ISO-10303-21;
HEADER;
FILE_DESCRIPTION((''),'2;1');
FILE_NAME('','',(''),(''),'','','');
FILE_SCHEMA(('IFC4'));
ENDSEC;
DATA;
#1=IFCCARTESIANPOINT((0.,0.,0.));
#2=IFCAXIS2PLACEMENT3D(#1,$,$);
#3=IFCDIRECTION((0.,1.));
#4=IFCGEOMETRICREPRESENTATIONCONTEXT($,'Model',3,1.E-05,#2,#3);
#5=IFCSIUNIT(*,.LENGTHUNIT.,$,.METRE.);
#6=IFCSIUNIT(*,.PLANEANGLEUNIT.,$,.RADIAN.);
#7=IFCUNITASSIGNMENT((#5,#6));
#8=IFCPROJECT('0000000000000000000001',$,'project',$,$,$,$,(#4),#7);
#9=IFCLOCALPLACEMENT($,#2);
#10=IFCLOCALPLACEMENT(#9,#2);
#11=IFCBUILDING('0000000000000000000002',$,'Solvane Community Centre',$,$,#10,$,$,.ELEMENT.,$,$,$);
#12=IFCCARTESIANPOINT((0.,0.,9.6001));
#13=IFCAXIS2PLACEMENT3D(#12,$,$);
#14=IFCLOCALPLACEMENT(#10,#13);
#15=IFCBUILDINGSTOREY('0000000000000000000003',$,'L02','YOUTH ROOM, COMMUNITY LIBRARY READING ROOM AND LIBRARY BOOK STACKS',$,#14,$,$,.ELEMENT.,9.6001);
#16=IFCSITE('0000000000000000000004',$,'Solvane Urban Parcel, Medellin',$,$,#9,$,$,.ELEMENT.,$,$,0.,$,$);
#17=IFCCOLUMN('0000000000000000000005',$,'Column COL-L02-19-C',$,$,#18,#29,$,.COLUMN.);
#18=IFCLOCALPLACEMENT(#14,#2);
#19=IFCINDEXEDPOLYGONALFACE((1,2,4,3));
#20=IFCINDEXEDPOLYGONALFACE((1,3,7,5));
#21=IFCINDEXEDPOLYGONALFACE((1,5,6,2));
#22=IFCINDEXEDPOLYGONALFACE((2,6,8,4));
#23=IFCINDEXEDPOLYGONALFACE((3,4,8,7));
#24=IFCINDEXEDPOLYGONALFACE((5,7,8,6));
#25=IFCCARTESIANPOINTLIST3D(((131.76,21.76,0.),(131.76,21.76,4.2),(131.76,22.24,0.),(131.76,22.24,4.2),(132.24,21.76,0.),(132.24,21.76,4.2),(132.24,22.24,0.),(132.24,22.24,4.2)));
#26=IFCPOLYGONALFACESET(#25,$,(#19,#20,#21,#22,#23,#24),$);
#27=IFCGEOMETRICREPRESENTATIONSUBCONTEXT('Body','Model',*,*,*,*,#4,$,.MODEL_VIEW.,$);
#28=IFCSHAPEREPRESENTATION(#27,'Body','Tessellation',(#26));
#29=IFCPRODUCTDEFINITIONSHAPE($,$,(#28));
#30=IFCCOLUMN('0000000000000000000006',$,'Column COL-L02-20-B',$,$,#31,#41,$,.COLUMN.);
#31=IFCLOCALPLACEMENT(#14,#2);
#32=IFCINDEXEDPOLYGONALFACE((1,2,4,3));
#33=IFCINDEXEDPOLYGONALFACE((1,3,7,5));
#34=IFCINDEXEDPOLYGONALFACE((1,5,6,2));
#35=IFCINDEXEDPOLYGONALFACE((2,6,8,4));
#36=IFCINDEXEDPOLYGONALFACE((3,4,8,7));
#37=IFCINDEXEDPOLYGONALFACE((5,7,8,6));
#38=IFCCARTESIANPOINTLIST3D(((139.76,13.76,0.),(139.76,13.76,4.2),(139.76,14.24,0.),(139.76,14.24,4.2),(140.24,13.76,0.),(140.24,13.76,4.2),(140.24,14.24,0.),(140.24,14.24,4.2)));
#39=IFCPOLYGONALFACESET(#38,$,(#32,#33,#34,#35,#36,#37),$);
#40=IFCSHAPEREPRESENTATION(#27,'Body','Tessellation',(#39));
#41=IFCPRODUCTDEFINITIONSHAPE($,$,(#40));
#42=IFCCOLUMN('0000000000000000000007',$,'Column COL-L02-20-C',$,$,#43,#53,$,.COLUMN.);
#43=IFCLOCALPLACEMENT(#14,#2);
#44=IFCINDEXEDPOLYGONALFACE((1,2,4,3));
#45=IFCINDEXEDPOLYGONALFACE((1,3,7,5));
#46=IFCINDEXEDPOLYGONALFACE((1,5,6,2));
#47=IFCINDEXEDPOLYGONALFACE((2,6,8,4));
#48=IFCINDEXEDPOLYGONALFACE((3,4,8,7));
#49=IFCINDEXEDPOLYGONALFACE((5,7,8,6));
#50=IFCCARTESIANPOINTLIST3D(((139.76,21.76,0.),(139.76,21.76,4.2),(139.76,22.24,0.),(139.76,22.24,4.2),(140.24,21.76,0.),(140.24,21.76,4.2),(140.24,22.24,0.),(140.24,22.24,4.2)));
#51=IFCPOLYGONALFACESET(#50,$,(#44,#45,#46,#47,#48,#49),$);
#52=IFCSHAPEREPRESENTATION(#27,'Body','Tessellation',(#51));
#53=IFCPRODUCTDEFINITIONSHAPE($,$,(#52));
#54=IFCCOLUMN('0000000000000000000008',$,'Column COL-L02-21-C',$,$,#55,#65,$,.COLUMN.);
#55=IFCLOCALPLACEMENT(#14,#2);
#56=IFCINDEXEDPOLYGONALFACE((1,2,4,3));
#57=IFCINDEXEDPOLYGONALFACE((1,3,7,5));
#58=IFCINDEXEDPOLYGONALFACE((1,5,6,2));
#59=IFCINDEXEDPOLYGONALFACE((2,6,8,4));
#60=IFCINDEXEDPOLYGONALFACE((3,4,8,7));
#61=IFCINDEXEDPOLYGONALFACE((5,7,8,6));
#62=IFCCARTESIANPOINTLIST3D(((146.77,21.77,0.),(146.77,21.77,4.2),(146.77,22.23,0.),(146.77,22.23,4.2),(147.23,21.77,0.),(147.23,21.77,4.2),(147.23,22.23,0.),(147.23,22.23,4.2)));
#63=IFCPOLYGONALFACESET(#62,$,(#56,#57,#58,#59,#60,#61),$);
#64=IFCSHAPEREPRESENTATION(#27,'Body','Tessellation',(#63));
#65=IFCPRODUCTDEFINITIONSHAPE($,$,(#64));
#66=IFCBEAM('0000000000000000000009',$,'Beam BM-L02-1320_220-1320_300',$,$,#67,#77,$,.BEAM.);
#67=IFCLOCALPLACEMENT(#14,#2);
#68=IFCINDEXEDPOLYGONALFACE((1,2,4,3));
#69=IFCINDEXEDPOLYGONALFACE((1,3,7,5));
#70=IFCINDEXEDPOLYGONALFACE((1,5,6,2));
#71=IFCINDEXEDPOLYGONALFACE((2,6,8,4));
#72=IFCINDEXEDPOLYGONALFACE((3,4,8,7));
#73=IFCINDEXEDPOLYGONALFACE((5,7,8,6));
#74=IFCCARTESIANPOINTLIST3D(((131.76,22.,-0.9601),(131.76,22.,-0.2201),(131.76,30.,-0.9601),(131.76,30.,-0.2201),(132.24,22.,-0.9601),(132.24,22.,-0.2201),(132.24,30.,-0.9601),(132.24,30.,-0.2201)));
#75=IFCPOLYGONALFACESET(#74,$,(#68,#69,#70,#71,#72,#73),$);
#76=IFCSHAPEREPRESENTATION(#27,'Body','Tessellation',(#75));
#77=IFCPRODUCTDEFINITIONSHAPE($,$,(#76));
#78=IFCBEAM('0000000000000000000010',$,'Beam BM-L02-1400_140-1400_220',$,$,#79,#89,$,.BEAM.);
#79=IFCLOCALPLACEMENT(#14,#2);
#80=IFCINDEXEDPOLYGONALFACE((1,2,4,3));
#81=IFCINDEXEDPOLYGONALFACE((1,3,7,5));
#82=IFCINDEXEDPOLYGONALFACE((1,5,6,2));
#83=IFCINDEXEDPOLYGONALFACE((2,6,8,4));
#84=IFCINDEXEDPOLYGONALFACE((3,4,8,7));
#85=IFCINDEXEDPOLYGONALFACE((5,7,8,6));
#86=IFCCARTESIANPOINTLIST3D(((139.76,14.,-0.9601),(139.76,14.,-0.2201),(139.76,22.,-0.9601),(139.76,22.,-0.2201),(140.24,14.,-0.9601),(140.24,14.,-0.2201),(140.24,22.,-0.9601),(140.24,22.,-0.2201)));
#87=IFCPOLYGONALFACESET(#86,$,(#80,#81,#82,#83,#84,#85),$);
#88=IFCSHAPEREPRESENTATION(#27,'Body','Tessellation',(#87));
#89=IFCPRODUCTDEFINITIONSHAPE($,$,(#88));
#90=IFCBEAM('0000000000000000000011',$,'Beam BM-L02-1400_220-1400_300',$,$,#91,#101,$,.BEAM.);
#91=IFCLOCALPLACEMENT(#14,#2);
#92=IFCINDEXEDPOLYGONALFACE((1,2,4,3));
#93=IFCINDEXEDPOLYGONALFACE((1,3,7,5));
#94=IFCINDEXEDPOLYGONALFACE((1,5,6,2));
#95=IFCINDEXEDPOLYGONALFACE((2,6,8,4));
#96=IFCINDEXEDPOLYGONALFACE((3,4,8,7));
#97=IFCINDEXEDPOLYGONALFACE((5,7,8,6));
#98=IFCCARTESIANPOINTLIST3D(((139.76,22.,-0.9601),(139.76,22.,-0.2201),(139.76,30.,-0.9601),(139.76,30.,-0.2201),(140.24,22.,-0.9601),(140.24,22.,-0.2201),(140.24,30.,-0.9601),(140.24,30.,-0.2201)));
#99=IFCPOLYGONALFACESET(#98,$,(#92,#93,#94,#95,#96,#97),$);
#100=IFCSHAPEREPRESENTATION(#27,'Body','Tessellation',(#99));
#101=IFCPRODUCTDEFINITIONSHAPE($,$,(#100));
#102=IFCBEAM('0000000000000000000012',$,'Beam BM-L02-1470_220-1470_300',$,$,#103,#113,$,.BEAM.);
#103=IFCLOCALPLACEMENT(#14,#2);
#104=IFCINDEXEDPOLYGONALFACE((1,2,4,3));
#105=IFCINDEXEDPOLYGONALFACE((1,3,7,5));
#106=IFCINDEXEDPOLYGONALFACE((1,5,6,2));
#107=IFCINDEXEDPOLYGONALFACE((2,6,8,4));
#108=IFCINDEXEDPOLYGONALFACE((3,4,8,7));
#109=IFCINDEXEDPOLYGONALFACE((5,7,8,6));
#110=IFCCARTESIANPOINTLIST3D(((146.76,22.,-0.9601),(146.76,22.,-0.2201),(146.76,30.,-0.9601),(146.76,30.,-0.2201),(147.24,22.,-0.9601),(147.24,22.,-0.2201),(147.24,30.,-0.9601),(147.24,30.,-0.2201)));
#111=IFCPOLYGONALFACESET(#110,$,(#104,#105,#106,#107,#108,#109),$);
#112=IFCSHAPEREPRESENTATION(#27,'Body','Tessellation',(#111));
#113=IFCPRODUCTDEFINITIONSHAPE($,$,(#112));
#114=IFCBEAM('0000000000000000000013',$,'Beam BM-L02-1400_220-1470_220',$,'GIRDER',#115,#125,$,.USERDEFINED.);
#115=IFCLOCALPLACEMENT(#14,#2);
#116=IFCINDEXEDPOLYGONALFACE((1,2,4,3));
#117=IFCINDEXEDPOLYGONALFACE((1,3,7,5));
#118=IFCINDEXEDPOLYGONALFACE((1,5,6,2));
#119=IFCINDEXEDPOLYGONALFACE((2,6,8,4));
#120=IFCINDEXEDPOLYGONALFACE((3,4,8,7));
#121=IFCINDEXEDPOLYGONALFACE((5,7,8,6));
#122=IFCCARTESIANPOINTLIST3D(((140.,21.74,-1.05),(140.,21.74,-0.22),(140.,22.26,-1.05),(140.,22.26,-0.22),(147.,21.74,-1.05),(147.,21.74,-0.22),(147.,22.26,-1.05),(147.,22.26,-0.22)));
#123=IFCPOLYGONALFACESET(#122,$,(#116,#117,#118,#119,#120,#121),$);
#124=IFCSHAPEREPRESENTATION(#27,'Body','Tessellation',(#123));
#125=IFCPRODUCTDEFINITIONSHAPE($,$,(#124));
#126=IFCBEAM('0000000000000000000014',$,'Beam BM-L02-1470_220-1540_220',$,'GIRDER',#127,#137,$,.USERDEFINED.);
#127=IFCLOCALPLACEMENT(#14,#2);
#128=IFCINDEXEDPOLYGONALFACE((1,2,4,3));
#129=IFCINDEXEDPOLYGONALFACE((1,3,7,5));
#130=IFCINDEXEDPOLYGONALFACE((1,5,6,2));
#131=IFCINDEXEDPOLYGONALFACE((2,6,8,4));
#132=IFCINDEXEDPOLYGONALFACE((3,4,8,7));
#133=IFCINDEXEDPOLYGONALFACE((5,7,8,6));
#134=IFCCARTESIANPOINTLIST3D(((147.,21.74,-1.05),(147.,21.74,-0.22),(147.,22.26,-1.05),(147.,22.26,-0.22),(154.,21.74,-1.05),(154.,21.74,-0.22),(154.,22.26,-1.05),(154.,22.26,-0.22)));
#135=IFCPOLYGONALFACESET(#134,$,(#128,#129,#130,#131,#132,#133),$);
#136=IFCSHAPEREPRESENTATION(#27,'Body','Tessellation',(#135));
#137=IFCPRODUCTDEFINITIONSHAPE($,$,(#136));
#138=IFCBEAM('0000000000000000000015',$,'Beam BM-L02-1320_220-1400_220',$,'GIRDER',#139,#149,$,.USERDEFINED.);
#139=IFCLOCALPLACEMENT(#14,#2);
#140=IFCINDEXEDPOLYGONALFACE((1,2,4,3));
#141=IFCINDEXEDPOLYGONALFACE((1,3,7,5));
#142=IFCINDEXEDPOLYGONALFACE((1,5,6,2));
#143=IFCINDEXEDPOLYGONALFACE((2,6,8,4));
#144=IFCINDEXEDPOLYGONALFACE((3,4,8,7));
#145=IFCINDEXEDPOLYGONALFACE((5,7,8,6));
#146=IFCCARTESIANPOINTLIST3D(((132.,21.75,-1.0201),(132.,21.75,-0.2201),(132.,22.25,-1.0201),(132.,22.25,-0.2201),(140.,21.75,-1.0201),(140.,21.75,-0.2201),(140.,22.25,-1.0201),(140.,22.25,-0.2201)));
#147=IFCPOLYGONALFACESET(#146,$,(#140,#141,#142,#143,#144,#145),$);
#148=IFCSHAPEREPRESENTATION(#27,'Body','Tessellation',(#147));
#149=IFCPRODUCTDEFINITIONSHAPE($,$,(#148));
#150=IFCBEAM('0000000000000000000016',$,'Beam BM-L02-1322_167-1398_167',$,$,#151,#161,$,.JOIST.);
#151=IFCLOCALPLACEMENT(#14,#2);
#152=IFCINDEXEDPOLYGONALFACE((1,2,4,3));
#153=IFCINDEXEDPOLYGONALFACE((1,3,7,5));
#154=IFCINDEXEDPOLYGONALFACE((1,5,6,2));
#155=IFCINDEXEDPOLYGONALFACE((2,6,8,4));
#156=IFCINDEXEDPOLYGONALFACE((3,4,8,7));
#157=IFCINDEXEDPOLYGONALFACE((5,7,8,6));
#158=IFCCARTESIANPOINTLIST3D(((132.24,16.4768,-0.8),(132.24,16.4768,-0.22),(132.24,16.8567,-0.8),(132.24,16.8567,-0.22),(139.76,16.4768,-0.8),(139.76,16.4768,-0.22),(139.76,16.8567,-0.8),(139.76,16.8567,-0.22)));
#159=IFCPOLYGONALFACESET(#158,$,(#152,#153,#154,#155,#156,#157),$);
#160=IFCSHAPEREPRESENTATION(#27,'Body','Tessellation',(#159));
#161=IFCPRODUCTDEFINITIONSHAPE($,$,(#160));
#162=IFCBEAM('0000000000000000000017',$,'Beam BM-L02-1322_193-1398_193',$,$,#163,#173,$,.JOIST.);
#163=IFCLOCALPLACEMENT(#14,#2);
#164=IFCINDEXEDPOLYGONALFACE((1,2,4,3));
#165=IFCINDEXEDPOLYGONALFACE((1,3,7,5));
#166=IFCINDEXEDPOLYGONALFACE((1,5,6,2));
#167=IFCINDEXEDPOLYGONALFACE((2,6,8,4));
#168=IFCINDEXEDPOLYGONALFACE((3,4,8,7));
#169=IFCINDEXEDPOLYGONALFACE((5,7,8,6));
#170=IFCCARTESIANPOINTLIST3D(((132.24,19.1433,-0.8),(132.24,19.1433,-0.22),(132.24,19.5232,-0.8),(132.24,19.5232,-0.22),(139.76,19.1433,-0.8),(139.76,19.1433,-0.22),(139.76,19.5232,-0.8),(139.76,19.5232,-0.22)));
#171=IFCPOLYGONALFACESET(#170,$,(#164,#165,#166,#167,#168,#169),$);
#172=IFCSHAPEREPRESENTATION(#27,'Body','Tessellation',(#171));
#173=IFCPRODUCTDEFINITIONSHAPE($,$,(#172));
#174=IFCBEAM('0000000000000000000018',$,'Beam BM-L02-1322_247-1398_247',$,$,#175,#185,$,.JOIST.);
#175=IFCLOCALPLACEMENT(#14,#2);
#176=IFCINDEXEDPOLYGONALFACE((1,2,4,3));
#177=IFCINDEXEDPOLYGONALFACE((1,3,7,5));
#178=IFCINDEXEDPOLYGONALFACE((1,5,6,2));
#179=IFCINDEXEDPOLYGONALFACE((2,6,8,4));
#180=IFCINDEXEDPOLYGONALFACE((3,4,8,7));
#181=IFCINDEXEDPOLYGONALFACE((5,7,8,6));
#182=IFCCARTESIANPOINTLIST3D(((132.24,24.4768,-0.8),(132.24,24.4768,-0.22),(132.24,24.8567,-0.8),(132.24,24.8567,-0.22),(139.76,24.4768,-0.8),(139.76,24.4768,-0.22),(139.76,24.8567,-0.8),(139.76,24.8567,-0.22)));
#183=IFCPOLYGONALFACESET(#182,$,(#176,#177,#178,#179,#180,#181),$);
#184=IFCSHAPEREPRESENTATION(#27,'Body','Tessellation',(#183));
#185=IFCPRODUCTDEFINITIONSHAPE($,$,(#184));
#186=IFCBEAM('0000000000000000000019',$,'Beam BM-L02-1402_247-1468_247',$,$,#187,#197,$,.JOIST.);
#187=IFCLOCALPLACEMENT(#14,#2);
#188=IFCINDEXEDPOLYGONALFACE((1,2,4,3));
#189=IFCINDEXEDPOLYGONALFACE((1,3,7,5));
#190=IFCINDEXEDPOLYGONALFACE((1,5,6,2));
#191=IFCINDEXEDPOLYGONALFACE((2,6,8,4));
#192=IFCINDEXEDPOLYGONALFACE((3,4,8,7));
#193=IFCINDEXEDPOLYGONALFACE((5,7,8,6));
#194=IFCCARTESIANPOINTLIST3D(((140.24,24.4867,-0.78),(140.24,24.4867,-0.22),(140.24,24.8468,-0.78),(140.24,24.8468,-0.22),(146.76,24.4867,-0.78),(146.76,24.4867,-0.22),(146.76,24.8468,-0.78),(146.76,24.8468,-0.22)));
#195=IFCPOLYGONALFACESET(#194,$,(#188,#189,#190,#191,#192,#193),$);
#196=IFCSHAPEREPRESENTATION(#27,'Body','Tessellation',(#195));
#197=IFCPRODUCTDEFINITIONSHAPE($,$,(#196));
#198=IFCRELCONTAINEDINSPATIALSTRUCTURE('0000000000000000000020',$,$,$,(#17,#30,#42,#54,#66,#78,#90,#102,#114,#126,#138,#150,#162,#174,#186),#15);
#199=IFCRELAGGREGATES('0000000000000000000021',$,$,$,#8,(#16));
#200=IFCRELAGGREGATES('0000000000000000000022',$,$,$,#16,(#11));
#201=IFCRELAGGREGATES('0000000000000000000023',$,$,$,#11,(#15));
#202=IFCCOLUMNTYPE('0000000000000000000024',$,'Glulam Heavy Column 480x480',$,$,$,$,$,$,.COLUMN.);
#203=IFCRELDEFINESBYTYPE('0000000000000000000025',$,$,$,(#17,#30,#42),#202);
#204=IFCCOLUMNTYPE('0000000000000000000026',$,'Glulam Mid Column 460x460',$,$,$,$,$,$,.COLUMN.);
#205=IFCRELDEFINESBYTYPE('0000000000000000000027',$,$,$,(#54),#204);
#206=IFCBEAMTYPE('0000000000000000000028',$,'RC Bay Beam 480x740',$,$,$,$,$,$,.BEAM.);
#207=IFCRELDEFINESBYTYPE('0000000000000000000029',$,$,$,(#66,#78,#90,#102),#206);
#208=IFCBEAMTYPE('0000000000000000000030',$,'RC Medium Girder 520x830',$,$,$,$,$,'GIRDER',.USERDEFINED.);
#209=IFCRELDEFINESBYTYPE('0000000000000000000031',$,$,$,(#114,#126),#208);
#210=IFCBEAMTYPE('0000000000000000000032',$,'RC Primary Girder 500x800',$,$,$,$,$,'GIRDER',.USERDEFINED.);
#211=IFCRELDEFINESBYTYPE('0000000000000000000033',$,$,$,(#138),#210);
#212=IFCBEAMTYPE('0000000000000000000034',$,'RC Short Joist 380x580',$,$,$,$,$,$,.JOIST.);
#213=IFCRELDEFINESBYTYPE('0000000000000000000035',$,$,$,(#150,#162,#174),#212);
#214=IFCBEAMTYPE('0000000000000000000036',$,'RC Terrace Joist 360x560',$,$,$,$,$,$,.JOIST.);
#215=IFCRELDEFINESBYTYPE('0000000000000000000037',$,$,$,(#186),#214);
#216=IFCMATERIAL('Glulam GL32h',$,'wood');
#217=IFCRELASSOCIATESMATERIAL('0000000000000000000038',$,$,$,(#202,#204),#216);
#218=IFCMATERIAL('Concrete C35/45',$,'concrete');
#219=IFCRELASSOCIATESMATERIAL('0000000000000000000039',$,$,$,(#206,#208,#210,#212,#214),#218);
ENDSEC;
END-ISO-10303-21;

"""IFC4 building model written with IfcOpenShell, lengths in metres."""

from ifc_helpers import new_model, si_unit, direction, frame, origin, origin_2d, place, context, subcontext, project, spatial, rectangle, extrude, material, material_profile, profile_set, type_object, element, save


model = new_model("IFC4")

# Units and contexts
model_context = context("Model", 3, precision=1e-05, world=origin(), true_north=direction((0.0, 1.0)))
body_context = subcontext(model_context, "Body", "Model", "MODEL_VIEW")
ifc_project = project(units=[si_unit("LENGTHUNIT", "METRE"), si_unit("PLANEANGLEUNIT", "RADIAN")], contexts=[model_context])

# Site, building, storey
site_placement = place(None, origin())
site = spatial("IfcSite", under=ifc_project, at=site_placement, Name="Solvane Urban Parcel, Medellin", CompositionType="ELEMENT", RefElevation=0.0)
building_placement = place(site_placement, origin())
building = spatial("IfcBuilding", under=site, at=building_placement, Name="Solvane Community Centre", CompositionType="ELEMENT")
storey_placement = place(building_placement, frame((0.0, 0.0, 9.6001)))
storey = spatial("IfcBuildingStorey", under=building, at=storey_placement, Name="L02", Description="YOUTH ROOM, COMMUNITY LIBRARY READING ROOM AND LIBRARY BOOK STACKS", CompositionType="ELEMENT", Elevation=9.6001)

# Columns
ifc_material_1 = material(Name="Glulam GL32h", Category="wood")
ifc_material_profile_1 = material_profile(ifc_material_1, rectangle(XDim=0.48, YDim=0.48, at=origin_2d()), Name="GL32h 480x480")
ifc_profile_set_1 = profile_set([ifc_material_profile_1], Name="Glulam GL32h")
column_type_1 = type_object("IfcColumnType", Name="Glulam Heavy Column 480x480", PredefinedType="COLUMN", material=ifc_profile_set_1)
for number, where, z_axis, x_axis, name in (
    (1, (132.0, 22.0, 0.0), (0.0, 0.0, 1.0), (1.0, 0.0, 0.0), "Column COL-L02-19-C"),
    (2, (140.0, 14.0, 0.0), (0.0, 0.0, 1.0), (1.0, 0.0, 0.0), "Column COL-L02-20-B"),
    (3, (140.0, 22.0, 0.0), (0.0, 0.0, 1.0), (1.0, 0.0, 0.0), "Column COL-L02-20-C"),
):
    element("IfcColumn", number, at=place(storey_placement, frame(where, z_axis=z_axis, x_axis=x_axis)), inside=storey, type_object=column_type_1, Name=name, PredefinedType="COLUMN", context=body_context, shape_type="SweptSolid", body=[
        extrude(rectangle(XDim=0.48, YDim=0.48, at=origin_2d()), origin(), (0.0, 0.0, 1.0), 4.2),
    ])
ifc_material_profile_2 = material_profile(ifc_material_1, rectangle(XDim=0.46, YDim=0.46, at=origin_2d()), Name="GL32h 460x460")
ifc_profile_set_2 = profile_set([ifc_material_profile_2], Name="Glulam GL32h")
column_type_2 = type_object("IfcColumnType", Name="Glulam Mid Column 460x460", PredefinedType="COLUMN", material=ifc_profile_set_2)
column_placement = place(storey_placement, frame((147.0, 22.0, 0.0), z_axis=(0.0, 0.0, 1.0), x_axis=(1.0, 0.0, 0.0)))
element("IfcColumn", 4, at=column_placement, inside=storey, type_object=column_type_2, Name="Column COL-L02-21-C", PredefinedType="COLUMN", context=body_context, shape_type="SweptSolid", body=[
    extrude(rectangle(XDim=0.46, YDim=0.46, at=origin_2d()), origin(), (0.0, 0.0, 1.0), 4.2),
])

# Beams
ifc_material_2 = material(Name="Concrete C35/45", Category="concrete")
ifc_material_profile_3 = material_profile(ifc_material_2, rectangle(XDim=0.48, YDim=0.74, at=origin_2d()), Name="RC 480x740")
ifc_profile_set_3 = profile_set([ifc_material_profile_3], Name="Concrete C35/45")
beam_type_1 = type_object("IfcBeamType", Name="RC Bay Beam 480x740", PredefinedType="BEAM", material=ifc_profile_set_3)
for number, where, z_axis, x_axis, name in (
    (5, (132.0, 22.0, -0.5901), (0.0, 1.0, 0.0), (-1.0, 0.0, 0.0), "Beam BM-L02-1320_220-1320_300"),
    (6, (140.0, 14.0, -0.5901), (0.0, 1.0, 0.0), (-1.0, 0.0, 0.0), "Beam BM-L02-1400_140-1400_220"),
    (7, (140.0, 22.0, -0.5901), (0.0, 1.0, 0.0), (-1.0, 0.0, 0.0), "Beam BM-L02-1400_220-1400_300"),
    (8, (147.0, 22.0, -0.5901), (0.0, 1.0, 0.0), (-1.0, 0.0, 0.0), "Beam BM-L02-1470_220-1470_300"),
):
    element("IfcBeam", number, at=place(storey_placement, frame(where, z_axis=z_axis, x_axis=x_axis)), inside=storey, type_object=beam_type_1, Name=name, PredefinedType="BEAM", context=body_context, shape_type="SweptSolid", body=[
        extrude(rectangle(XDim=0.48, YDim=0.74, at=origin_2d()), origin(), (0.0, 0.0, 1.0), 8.0),
    ])
ifc_material_profile_4 = material_profile(ifc_material_2, rectangle(XDim=0.52, YDim=0.8301, at=origin_2d()), Name="RC 520x830")
ifc_profile_set_4 = profile_set([ifc_material_profile_4], Name="Concrete C35/45")
beam_type_2 = type_object("IfcBeamType", Name="RC Medium Girder 520x830", ElementType="GIRDER", PredefinedType="USERDEFINED", material=ifc_profile_set_4)
for number, where, z_axis, x_axis, name in (
    (9, (140.0, 22.0, -0.635), (1.0, 0.0, 0.0), (0.0, 1.0, 0.0), "Beam BM-L02-1400_220-1470_220"),
    (10, (147.0, 22.0, -0.635), (1.0, 0.0, 0.0), (0.0, 1.0, 0.0), "Beam BM-L02-1470_220-1540_220"),
):
    element("IfcBeam", number, at=place(storey_placement, frame(where, z_axis=z_axis, x_axis=x_axis)), inside=storey, type_object=beam_type_2, Name=name, ObjectType="GIRDER", PredefinedType="USERDEFINED", context=body_context, shape_type="SweptSolid", body=[
        extrude(rectangle(XDim=0.52, YDim=0.8301, at=origin_2d()), origin(), (0.0, 0.0, 1.0), 7.0),
    ])
ifc_material_profile_5 = material_profile(ifc_material_2, rectangle(XDim=0.5, YDim=0.8, at=origin_2d()), Name="RC 500x800")
ifc_profile_set_5 = profile_set([ifc_material_profile_5], Name="Concrete C35/45")
beam_type_3 = type_object("IfcBeamType", Name="RC Primary Girder 500x800", ElementType="GIRDER", PredefinedType="USERDEFINED", material=ifc_profile_set_5)
beam_1_placement = place(storey_placement, frame((132.0, 22.0, -0.6201), z_axis=(1.0, 0.0, 0.0), x_axis=(0.0, 1.0, 0.0)))
element("IfcBeam", 11, at=beam_1_placement, inside=storey, type_object=beam_type_3, Name="Beam BM-L02-1320_220-1400_220", ObjectType="GIRDER", PredefinedType="USERDEFINED", context=body_context, shape_type="SweptSolid", body=[
    extrude(rectangle(XDim=0.5, YDim=0.8, at=origin_2d()), origin(), (0.0, 0.0, 1.0), 8.0),
])
ifc_material_profile_6 = material_profile(ifc_material_2, rectangle(XDim=0.3799, YDim=0.5801, at=origin_2d()), Name="RC 380x580")
ifc_profile_set_6 = profile_set([ifc_material_profile_6], Name="Concrete C35/45")
beam_type_4 = type_object("IfcBeamType", Name="RC Short Joist 380x580", PredefinedType="JOIST", material=ifc_profile_set_6)
for number, where, z_axis, x_axis, name in (
    (12, (132.24, 16.6667, -0.51), (1.0, 0.0, 0.0), (0.0, 1.0, 0.0), "Beam BM-L02-1322_167-1398_167"),
    (13, (132.24, 19.3333, -0.51), (1.0, 0.0, 0.0), (0.0, 1.0, 0.0), "Beam BM-L02-1322_193-1398_193"),
    (14, (132.24, 24.6667, -0.51), (1.0, 0.0, 0.0), (0.0, 1.0, 0.0), "Beam BM-L02-1322_247-1398_247"),
):
    element("IfcBeam", number, at=place(storey_placement, frame(where, z_axis=z_axis, x_axis=x_axis)), inside=storey, type_object=beam_type_4, Name=name, PredefinedType="JOIST", context=body_context, shape_type="SweptSolid", body=[
        extrude(rectangle(XDim=0.3799, YDim=0.5801, at=origin_2d()), origin(), (0.0, 0.0, 1.0), 7.52),
    ])
ifc_material_profile_7 = material_profile(ifc_material_2, rectangle(XDim=0.3601, YDim=0.5601, at=origin_2d()), Name="RC 360x560")
ifc_profile_set_7 = profile_set([ifc_material_profile_7], Name="Concrete C35/45")
beam_type_5 = type_object("IfcBeamType", Name="RC Terrace Joist 360x560", PredefinedType="JOIST", material=ifc_profile_set_7)
beam_2_placement = place(storey_placement, frame((140.24, 24.6667, -0.5), z_axis=(1.0, 0.0, 0.0), x_axis=(0.0, 1.0, 0.0)))
element("IfcBeam", 15, at=beam_2_placement, inside=storey, type_object=beam_type_5, Name="Beam BM-L02-1402_247-1468_247", PredefinedType="JOIST", context=body_context, shape_type="SweptSolid", body=[
    extrude(rectangle(XDim=0.3601, YDim=0.5601, at=origin_2d()), origin(), (0.0, 0.0, 1.0), 6.52),
])

save(model, "model.ifc")
